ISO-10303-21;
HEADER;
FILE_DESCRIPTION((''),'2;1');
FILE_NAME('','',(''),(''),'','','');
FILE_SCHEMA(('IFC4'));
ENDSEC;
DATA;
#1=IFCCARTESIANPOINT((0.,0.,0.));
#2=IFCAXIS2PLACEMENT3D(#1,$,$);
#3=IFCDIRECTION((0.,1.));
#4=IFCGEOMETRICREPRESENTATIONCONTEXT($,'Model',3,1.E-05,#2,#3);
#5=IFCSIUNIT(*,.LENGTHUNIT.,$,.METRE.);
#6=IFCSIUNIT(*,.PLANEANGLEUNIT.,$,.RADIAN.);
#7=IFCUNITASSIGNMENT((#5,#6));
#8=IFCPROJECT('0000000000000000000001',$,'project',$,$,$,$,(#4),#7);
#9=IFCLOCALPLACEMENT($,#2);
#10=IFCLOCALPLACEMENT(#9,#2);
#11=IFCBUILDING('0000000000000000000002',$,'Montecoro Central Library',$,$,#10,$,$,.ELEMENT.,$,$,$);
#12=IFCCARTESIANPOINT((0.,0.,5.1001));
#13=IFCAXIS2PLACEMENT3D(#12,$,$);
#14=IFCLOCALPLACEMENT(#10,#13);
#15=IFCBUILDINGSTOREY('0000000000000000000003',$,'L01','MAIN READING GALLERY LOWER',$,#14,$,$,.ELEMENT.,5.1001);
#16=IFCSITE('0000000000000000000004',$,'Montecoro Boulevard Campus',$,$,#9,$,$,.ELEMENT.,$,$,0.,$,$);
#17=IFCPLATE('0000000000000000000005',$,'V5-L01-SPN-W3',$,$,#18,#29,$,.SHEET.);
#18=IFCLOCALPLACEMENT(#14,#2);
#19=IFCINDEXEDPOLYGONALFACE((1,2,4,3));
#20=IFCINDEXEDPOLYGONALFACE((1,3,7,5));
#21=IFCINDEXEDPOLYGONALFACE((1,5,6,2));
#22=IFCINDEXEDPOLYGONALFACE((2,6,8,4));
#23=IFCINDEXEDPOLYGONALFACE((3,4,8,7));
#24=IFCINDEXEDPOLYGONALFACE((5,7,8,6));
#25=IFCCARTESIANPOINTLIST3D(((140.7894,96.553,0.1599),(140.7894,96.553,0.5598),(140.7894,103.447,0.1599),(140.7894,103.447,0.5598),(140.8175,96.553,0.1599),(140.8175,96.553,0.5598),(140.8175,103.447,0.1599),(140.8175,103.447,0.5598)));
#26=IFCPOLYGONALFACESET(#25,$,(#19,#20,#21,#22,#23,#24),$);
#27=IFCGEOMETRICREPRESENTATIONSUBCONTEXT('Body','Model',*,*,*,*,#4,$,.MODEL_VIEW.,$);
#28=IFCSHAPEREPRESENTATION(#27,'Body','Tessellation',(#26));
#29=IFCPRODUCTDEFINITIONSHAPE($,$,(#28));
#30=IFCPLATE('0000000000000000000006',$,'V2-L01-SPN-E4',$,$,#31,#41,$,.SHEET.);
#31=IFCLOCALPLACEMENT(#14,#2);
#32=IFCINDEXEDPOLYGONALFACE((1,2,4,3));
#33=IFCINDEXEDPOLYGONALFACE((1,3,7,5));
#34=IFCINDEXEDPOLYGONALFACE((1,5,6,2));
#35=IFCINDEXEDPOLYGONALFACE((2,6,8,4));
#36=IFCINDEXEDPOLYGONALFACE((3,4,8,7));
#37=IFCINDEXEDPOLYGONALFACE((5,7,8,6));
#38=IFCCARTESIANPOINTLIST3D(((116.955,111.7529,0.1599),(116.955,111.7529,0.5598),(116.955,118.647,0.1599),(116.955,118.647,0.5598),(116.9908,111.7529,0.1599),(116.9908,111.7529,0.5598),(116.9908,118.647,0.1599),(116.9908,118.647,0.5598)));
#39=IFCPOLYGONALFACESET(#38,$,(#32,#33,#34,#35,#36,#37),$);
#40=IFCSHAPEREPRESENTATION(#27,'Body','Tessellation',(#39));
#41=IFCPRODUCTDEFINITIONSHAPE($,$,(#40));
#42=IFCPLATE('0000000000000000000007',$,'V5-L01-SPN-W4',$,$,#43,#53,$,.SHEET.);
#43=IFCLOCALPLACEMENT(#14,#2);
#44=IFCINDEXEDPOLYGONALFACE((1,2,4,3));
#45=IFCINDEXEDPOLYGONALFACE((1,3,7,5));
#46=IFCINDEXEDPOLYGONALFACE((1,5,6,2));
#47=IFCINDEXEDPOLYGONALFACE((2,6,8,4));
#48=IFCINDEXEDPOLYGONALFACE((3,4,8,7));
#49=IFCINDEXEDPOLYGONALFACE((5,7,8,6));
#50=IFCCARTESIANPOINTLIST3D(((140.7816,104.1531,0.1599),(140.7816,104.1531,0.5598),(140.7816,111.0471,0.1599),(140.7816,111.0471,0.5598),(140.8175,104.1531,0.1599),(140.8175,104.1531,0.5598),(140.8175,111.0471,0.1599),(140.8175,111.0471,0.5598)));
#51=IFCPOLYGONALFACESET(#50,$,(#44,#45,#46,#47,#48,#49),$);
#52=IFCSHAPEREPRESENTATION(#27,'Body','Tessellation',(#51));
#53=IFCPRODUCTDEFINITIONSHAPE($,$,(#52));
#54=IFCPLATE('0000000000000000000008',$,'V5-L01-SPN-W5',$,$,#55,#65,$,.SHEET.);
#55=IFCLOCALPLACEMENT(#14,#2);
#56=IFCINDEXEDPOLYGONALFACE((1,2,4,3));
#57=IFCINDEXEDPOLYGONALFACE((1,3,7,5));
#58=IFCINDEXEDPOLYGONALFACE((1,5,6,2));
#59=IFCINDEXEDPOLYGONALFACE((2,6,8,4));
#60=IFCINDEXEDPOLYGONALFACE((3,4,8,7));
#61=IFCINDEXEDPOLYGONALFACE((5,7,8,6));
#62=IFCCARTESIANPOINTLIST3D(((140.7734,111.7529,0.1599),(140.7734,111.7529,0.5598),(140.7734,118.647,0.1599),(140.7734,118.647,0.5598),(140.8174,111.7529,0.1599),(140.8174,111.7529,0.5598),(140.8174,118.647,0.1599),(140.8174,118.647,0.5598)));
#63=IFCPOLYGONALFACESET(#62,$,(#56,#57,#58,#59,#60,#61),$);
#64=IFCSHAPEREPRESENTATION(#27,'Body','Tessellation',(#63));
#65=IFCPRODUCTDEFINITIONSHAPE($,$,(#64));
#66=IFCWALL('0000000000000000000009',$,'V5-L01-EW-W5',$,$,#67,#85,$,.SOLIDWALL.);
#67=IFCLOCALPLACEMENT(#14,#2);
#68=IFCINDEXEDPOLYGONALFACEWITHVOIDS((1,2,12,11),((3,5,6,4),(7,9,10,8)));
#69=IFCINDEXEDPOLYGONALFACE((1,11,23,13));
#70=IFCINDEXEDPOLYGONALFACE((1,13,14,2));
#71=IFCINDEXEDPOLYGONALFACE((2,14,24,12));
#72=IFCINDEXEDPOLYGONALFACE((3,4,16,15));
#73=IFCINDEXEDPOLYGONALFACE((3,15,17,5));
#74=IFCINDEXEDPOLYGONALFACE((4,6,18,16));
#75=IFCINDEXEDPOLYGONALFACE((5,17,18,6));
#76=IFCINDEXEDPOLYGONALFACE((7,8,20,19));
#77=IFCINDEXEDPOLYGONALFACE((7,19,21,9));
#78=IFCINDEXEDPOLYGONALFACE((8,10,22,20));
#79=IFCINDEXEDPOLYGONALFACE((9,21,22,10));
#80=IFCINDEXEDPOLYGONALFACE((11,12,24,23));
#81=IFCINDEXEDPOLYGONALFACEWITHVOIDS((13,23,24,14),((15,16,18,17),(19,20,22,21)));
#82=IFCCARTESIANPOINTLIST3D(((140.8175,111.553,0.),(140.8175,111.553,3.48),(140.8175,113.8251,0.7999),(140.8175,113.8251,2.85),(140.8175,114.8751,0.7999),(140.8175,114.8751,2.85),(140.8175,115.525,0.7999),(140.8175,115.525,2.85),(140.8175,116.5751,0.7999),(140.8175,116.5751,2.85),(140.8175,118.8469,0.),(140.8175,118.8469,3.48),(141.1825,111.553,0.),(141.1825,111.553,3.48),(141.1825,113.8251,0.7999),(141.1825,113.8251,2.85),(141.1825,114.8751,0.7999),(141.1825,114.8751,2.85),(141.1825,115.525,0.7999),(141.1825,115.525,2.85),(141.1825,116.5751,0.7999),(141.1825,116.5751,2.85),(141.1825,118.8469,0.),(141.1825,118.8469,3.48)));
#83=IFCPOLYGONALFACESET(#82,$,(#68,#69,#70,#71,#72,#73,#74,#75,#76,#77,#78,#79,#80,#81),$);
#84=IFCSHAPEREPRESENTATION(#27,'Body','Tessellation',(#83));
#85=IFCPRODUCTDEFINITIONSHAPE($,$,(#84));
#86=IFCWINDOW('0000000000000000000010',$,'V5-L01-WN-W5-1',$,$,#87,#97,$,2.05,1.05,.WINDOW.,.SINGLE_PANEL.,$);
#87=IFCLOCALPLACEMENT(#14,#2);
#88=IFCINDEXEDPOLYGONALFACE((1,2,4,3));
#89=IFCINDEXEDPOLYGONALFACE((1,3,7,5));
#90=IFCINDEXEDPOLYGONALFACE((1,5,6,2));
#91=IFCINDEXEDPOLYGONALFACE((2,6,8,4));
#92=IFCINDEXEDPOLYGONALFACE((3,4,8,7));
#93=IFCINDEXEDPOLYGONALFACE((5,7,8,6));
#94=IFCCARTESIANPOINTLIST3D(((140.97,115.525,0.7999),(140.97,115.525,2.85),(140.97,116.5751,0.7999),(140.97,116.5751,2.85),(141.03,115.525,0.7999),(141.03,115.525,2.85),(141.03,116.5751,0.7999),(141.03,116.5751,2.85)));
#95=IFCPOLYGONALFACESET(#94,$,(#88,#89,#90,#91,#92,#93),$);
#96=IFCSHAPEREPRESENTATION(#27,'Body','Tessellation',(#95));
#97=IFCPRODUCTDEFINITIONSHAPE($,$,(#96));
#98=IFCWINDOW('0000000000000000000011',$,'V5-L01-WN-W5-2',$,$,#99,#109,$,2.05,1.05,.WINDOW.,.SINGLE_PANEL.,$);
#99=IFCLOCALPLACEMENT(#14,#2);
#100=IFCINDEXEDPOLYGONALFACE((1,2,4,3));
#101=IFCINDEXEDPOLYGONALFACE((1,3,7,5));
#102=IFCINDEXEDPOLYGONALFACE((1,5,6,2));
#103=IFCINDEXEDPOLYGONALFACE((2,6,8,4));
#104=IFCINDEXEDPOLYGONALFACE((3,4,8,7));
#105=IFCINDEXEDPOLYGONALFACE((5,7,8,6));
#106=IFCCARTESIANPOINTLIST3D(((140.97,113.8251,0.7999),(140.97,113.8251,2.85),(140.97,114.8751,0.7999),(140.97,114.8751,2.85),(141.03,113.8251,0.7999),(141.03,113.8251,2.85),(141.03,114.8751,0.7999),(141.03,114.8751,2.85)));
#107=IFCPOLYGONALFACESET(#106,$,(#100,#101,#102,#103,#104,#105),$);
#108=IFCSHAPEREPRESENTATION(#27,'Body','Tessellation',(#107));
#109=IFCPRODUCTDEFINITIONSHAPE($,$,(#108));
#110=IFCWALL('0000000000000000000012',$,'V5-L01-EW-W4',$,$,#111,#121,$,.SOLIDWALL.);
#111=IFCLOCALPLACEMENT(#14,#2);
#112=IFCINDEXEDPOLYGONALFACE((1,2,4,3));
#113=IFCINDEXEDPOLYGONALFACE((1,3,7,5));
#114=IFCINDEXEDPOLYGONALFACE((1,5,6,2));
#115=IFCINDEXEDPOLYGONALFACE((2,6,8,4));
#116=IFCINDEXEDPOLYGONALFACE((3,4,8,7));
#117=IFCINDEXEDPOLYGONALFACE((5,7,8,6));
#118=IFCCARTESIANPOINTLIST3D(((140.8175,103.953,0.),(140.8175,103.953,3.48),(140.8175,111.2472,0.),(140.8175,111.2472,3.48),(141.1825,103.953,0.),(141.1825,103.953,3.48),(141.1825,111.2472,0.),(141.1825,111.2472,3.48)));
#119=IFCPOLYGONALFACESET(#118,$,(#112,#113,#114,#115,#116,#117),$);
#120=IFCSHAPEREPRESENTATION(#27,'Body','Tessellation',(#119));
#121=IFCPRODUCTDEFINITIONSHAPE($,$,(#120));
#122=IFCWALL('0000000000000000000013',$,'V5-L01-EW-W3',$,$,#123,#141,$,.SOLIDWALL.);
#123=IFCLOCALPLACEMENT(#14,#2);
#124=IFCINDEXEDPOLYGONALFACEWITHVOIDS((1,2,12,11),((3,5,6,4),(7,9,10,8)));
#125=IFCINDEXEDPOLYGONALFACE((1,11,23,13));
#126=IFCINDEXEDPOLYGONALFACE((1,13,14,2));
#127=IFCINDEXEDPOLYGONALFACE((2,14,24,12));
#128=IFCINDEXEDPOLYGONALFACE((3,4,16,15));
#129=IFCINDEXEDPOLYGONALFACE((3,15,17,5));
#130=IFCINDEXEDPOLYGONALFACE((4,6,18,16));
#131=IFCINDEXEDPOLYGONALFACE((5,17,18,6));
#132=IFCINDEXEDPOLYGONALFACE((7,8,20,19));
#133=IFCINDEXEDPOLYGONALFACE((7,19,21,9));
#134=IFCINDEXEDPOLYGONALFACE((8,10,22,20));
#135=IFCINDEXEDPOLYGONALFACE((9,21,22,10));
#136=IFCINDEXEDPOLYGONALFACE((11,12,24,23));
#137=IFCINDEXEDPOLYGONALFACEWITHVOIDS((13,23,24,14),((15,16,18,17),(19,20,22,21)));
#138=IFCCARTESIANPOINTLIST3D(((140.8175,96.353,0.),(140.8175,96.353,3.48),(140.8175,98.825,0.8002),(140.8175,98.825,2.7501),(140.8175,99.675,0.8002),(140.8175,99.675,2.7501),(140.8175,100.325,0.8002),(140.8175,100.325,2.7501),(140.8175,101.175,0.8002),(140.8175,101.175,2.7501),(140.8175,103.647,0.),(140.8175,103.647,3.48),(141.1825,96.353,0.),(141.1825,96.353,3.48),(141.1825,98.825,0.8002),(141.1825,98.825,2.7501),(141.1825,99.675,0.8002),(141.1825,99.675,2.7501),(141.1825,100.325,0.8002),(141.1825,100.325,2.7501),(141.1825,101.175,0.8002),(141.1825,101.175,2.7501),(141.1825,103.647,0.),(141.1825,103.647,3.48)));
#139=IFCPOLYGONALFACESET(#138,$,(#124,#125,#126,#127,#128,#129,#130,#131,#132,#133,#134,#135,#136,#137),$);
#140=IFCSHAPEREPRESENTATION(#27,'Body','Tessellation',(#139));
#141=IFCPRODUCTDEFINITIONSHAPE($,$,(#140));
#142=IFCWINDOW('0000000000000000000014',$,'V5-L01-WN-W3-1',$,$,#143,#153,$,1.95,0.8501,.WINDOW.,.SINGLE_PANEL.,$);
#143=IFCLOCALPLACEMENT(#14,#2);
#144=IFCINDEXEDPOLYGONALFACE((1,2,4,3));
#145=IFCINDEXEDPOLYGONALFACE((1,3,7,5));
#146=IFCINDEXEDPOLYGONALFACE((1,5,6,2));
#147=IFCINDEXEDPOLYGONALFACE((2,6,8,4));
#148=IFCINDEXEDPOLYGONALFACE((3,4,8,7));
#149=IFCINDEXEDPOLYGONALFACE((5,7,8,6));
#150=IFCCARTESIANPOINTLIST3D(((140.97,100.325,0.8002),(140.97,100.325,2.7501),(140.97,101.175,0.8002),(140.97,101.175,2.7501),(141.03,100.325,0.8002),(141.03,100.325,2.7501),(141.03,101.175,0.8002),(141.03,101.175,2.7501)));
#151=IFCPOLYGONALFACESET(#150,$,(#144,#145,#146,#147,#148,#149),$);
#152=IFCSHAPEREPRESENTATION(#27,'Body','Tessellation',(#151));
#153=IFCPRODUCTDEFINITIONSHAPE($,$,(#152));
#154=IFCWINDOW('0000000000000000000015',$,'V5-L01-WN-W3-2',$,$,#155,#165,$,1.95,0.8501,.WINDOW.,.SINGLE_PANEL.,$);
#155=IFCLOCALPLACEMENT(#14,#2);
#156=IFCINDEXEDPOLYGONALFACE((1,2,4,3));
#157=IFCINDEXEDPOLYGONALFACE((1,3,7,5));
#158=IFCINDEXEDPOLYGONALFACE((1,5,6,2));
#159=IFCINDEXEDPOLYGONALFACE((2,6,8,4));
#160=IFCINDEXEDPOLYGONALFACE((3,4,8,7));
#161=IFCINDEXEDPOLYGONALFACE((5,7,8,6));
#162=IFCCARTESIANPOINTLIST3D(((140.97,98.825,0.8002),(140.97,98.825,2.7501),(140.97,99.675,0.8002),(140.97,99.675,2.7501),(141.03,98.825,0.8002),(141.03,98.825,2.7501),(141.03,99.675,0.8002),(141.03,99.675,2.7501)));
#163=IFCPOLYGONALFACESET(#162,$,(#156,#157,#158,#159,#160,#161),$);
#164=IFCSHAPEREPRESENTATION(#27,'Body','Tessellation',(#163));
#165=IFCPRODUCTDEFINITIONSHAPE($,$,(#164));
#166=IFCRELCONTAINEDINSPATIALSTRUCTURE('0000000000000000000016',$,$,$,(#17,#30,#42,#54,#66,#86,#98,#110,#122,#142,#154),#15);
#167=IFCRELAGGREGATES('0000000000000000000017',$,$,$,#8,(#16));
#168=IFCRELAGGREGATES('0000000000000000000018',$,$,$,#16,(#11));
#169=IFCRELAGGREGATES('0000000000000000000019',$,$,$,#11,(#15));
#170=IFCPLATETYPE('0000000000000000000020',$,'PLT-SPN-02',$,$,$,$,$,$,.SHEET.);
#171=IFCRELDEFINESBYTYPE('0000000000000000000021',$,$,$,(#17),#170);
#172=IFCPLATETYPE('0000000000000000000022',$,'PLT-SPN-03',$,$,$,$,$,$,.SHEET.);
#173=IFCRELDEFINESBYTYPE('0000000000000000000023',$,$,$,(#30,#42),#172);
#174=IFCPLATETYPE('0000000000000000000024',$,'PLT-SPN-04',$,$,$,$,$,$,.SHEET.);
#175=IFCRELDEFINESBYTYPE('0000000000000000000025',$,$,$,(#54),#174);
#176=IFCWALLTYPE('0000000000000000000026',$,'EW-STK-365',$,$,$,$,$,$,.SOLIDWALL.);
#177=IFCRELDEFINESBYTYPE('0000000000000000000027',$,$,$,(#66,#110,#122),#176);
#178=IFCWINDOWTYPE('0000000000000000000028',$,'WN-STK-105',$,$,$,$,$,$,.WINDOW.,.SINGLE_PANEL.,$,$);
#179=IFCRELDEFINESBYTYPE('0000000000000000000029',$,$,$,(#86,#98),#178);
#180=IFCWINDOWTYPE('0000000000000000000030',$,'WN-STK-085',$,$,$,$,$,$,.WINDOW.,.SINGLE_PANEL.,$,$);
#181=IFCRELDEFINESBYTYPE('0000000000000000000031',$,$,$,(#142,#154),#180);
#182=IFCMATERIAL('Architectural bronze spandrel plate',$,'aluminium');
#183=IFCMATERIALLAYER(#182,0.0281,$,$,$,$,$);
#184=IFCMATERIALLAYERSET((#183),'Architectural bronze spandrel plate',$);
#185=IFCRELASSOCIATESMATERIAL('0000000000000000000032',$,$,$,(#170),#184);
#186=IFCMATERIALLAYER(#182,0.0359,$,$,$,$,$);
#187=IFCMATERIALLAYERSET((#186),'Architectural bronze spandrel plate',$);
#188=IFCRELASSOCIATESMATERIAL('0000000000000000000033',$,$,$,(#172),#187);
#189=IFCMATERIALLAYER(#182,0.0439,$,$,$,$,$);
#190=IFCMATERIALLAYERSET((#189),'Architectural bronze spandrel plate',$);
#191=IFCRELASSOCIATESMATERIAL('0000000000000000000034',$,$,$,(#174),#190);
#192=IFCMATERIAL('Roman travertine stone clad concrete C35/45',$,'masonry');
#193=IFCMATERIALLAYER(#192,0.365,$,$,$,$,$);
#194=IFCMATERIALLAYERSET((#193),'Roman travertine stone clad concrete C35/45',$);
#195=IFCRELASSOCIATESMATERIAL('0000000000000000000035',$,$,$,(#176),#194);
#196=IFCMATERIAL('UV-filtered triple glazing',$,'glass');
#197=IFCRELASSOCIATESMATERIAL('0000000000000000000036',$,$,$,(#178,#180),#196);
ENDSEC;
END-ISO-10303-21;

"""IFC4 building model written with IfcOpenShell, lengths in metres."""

from ifc_helpers import new_model, si_unit, direction, frame, frame_2d, origin, origin_2d, place, context, subcontext, project, spatial, rectangle, extrude, material, layer, layer_set, type_object, element, fill, save


model = new_model("IFC4")

# Units and contexts
model_context = context("Model", 3, precision=1e-05, world=origin(), true_north=direction((0.0, 1.0)))
body_context = subcontext(model_context, "Body", "Model", "MODEL_VIEW")
ifc_project = project(units=[si_unit("LENGTHUNIT", "METRE"), si_unit("PLANEANGLEUNIT", "RADIAN")], contexts=[model_context])

# Site, building, storey
site_placement = place(None, origin())
site = spatial("IfcSite", under=ifc_project, at=site_placement, Name="Montecoro Boulevard Campus", CompositionType="ELEMENT", RefElevation=0.0)
building_placement = place(site_placement, origin())
building = spatial("IfcBuilding", under=site, at=building_placement, Name="Montecoro Central Library", CompositionType="ELEMENT")
storey_placement = place(building_placement, frame((0.0, 0.0, 5.1001)))
storey = spatial("IfcBuildingStorey", under=building, at=storey_placement, Name="L01", Description="MAIN READING GALLERY LOWER", CompositionType="ELEMENT", Elevation=5.1001)

# Plates
ifc_material_1 = material(Name="Architectural bronze spandrel plate", Category="aluminium")
ifc_layer_1 = layer(ifc_material_1, 0.0281)
ifc_layer_set_1 = layer_set([ifc_layer_1], Name="Architectural bronze spandrel plate")
plate_type_1 = type_object("IfcPlateType", Name="PLT-SPN-02", PredefinedType="SHEET", material=ifc_layer_set_1)
plate_1_placement = place(storey_placement, frame((140.8035, 100.0, 0.1599), z_axis=(0.0, 0.0, 1.0), x_axis=(0.0, -1.0, 0.0)))
element("IfcPlate", 1, at=plate_1_placement, inside=storey, type_object=plate_type_1, Name="V5-L01-SPN-W3", PredefinedType="SHEET", context=body_context, shape_type="SweptSolid", body=[
    extrude(rectangle(XDim=6.894, YDim=0.0281, at=origin_2d()), origin(), (0.0, 0.0, 1.0), 0.3999),
])
ifc_layer_2 = layer(ifc_material_1, 0.0359)
ifc_layer_set_2 = layer_set([ifc_layer_2], Name="Architectural bronze spandrel plate")
plate_type_2 = type_object("IfcPlateType", Name="PLT-SPN-03", PredefinedType="SHEET", material=ifc_layer_set_2)
for number, where, z_axis, x_axis, name in (
    (2, (116.9729, 115.2, 0.1599), (0.0, 0.0, 1.0), (0.0, 1.0, 0.0), "V2-L01-SPN-E4"),
    (3, (140.7996, 107.6001, 0.1599), (0.0, 0.0, 1.0), (0.0, -1.0, 0.0), "V5-L01-SPN-W4"),
):
    element("IfcPlate", number, at=place(storey_placement, frame(where, z_axis=z_axis, x_axis=x_axis)), inside=storey, type_object=plate_type_2, Name=name, PredefinedType="SHEET", context=body_context, shape_type="SweptSolid", body=[
        extrude(rectangle(XDim=6.894, YDim=0.0359, at=origin_2d()), origin(), (0.0, 0.0, 1.0), 0.3999),
    ])
ifc_layer_3 = layer(ifc_material_1, 0.0439)
ifc_layer_set_3 = layer_set([ifc_layer_3], Name="Architectural bronze spandrel plate")
plate_type_3 = type_object("IfcPlateType", Name="PLT-SPN-04", PredefinedType="SHEET", material=ifc_layer_set_3)
plate_2_placement = place(storey_placement, frame((140.7954, 115.2, 0.1599), z_axis=(0.0, 0.0, 1.0), x_axis=(0.0, -1.0, 0.0)))
element("IfcPlate", 4, at=plate_2_placement, inside=storey, type_object=plate_type_3, Name="V5-L01-SPN-W5", PredefinedType="SHEET", context=body_context, shape_type="SweptSolid", body=[
    extrude(rectangle(XDim=6.894, YDim=0.0439, at=origin_2d()), origin(), (0.0, 0.0, 1.0), 0.3999),
])

# Wall, openings, windows
ifc_material_2 = material(Name="Roman travertine stone clad concrete C35/45", Category="masonry")
ifc_layer_4 = layer(ifc_material_2, 0.365)
ifc_layer_set_4 = layer_set([ifc_layer_4], Name="Roman travertine stone clad concrete C35/45")
wall_type = type_object("IfcWallType", Name="EW-STK-365", PredefinedType="SOLIDWALL", material=ifc_layer_set_4)
wall_1_placement = place(storey_placement, frame((141.0, 118.8469, 0.0), z_axis=(0.0, 0.0, 1.0), x_axis=(0.0, -1.0, 0.0)))
wall_1 = element("IfcWall", 5, at=wall_1_placement, inside=storey, type_object=wall_type, Name="V5-L01-EW-W5", PredefinedType="SOLIDWALL", context=body_context, shape_type="SweptSolid", body=[
    extrude(rectangle(XDim=7.2939, YDim=0.365, at=frame_2d((3.647, 0.0))), origin(), (0.0, 0.0, 1.0), 3.48),
])
opening_1_placement = place(wall_1_placement, frame((2.272, 0.0, 0.8)))
opening_1 = element("IfcOpeningElement", 6, at=opening_1_placement, cuts=wall_1, PredefinedType="OPENING", context=body_context, shape_type="SweptSolid", body=[
    extrude(rectangle(XDim=1.05, YDim=2.05, at=frame_2d((0.5249, 1.0249))), frame((0.0, 0.1924, 0.0), z_axis=(0.0, -1.0, 0.0), x_axis=(1.0, 0.0, 0.0)), (0.0, 0.0, 1.0), 0.385),
])
opening_2_placement = place(wall_1_placement, frame((3.9719, 0.0, 0.8)))
opening_2 = element("IfcOpeningElement", 7, at=opening_2_placement, cuts=wall_1, PredefinedType="OPENING", context=body_context, shape_type="SweptSolid", body=[
    extrude(rectangle(XDim=1.05, YDim=2.05, at=frame_2d((0.5249, 1.0249))), frame((0.0, 0.1924, 0.0), z_axis=(0.0, -1.0, 0.0), x_axis=(1.0, 0.0, 0.0)), (0.0, 0.0, 1.0), 0.385),
])
ifc_material_3 = material(Name="UV-filtered triple glazing", Category="glass")
window_type_1 = type_object("IfcWindowType", Name="WN-STK-105", PartitioningType="SINGLE_PANEL", PredefinedType="WINDOW", material=ifc_material_3)
window_1_placement = place(opening_1_placement, origin())
window_1 = element("IfcWindow", 8, at=window_1_placement, inside=storey, type_object=window_type_1, Name="V5-L01-WN-W5-1", OverallHeight=2.05, OverallWidth=1.05, PartitioningType="SINGLE_PANEL", PredefinedType="WINDOW", context=body_context, shape_type="SweptSolid", body=[
    extrude(rectangle(XDim=1.05, YDim=2.05, at=frame_2d((0.5249, 1.0249))), frame((0.0, 0.03, 0.0), z_axis=(0.0, -1.0, 0.0), x_axis=(1.0, 0.0, 0.0)), (0.0, 0.0, 1.0), 0.0601),
])
fill(opening_1, window_1)
window_2_placement = place(opening_2_placement, origin())
window_2 = element("IfcWindow", 9, at=window_2_placement, inside=storey, type_object=window_type_1, Name="V5-L01-WN-W5-2", OverallHeight=2.05, OverallWidth=1.05, PartitioningType="SINGLE_PANEL", PredefinedType="WINDOW", context=body_context, shape_type="SweptSolid", body=[
    extrude(rectangle(XDim=1.05, YDim=2.05, at=frame_2d((0.5249, 1.0249))), frame((0.0, 0.03, 0.0), z_axis=(0.0, -1.0, 0.0), x_axis=(1.0, 0.0, 0.0)), (0.0, 0.0, 1.0), 0.0601),
])
fill(opening_2, window_2)

# Wall
wall_2_placement = place(storey_placement, frame((141.0, 111.2471, 0.0), z_axis=(0.0, 0.0, 1.0), x_axis=(0.0, -1.0, 0.0)))
element("IfcWall", 10, at=wall_2_placement, inside=storey, type_object=wall_type, Name="V5-L01-EW-W4", PredefinedType="SOLIDWALL", context=body_context, shape_type="SweptSolid", body=[
    extrude(rectangle(XDim=7.2942, YDim=0.365, at=frame_2d((3.647, 0.0))), origin(), (0.0, 0.0, 1.0), 3.48),
])

# Wall, openings, windows
wall_3_placement = place(storey_placement, frame((141.0, 103.647, 0.0), z_axis=(0.0, 0.0, 1.0), x_axis=(0.0, -1.0, 0.0)))
wall_3 = element("IfcWall", 11, at=wall_3_placement, inside=storey, type_object=wall_type, Name="V5-L01-EW-W3", PredefinedType="SOLIDWALL", context=body_context, shape_type="SweptSolid", body=[
    extrude(rectangle(XDim=7.2939, YDim=0.365, at=frame_2d((3.647, 0.0))), origin(), (0.0, 0.0, 1.0), 3.48),
])
opening_3_placement = place(wall_3_placement, frame((2.4719, 0.0, 0.8)))
opening_3 = element("IfcOpeningElement", 12, at=opening_3_placement, cuts=wall_3, PredefinedType="OPENING", context=body_context, shape_type="SweptSolid", body=[
    extrude(rectangle(XDim=0.8501, YDim=1.95, at=frame_2d((0.425, 0.9751))), frame((0.0, 0.1924, 0.0), z_axis=(0.0, -1.0, 0.0), x_axis=(1.0, 0.0, 0.0)), (0.0, 0.0, 1.0), 0.385),
])
opening_4_placement = place(wall_3_placement, frame((3.9719, 0.0, 0.8)))
opening_4 = element("IfcOpeningElement", 13, at=opening_4_placement, cuts=wall_3, PredefinedType="OPENING", context=body_context, shape_type="SweptSolid", body=[
    extrude(rectangle(XDim=0.8501, YDim=1.95, at=frame_2d((0.425, 0.9751))), frame((0.0, 0.1924, 0.0), z_axis=(0.0, -1.0, 0.0), x_axis=(1.0, 0.0, 0.0)), (0.0, 0.0, 1.0), 0.385),
])
window_type_2 = type_object("IfcWindowType", Name="WN-STK-085", PartitioningType="SINGLE_PANEL", PredefinedType="WINDOW", material=ifc_material_3)
window_3_placement = place(opening_3_placement, origin())
window_3 = element("IfcWindow", 14, at=window_3_placement, inside=storey, type_object=window_type_2, Name="V5-L01-WN-W3-1", OverallHeight=1.95, OverallWidth=0.8501, PartitioningType="SINGLE_PANEL", PredefinedType="WINDOW", context=body_context, shape_type="SweptSolid", body=[
    extrude(rectangle(XDim=0.8501, YDim=1.95, at=frame_2d((0.425, 0.9751))), frame((0.0, 0.03, 0.0), z_axis=(0.0, -1.0, 0.0), x_axis=(1.0, 0.0, 0.0)), (0.0, 0.0, 1.0), 0.0601),
])
fill(opening_3, window_3)
window_4_placement = place(opening_4_placement, origin())
window_4 = element("IfcWindow", 15, at=window_4_placement, inside=storey, type_object=window_type_2, Name="V5-L01-WN-W3-2", OverallHeight=1.95, OverallWidth=0.8501, PartitioningType="SINGLE_PANEL", PredefinedType="WINDOW", context=body_context, shape_type="SweptSolid", body=[
    extrude(rectangle(XDim=0.8501, YDim=1.95, at=frame_2d((0.425, 0.9751))), frame((0.0, 0.03, 0.0), z_axis=(0.0, -1.0, 0.0), x_axis=(1.0, 0.0, 0.0)), (0.0, 0.0, 1.0), 0.0601),
])
fill(opening_4, window_4)

save(model, "model.ifc")
